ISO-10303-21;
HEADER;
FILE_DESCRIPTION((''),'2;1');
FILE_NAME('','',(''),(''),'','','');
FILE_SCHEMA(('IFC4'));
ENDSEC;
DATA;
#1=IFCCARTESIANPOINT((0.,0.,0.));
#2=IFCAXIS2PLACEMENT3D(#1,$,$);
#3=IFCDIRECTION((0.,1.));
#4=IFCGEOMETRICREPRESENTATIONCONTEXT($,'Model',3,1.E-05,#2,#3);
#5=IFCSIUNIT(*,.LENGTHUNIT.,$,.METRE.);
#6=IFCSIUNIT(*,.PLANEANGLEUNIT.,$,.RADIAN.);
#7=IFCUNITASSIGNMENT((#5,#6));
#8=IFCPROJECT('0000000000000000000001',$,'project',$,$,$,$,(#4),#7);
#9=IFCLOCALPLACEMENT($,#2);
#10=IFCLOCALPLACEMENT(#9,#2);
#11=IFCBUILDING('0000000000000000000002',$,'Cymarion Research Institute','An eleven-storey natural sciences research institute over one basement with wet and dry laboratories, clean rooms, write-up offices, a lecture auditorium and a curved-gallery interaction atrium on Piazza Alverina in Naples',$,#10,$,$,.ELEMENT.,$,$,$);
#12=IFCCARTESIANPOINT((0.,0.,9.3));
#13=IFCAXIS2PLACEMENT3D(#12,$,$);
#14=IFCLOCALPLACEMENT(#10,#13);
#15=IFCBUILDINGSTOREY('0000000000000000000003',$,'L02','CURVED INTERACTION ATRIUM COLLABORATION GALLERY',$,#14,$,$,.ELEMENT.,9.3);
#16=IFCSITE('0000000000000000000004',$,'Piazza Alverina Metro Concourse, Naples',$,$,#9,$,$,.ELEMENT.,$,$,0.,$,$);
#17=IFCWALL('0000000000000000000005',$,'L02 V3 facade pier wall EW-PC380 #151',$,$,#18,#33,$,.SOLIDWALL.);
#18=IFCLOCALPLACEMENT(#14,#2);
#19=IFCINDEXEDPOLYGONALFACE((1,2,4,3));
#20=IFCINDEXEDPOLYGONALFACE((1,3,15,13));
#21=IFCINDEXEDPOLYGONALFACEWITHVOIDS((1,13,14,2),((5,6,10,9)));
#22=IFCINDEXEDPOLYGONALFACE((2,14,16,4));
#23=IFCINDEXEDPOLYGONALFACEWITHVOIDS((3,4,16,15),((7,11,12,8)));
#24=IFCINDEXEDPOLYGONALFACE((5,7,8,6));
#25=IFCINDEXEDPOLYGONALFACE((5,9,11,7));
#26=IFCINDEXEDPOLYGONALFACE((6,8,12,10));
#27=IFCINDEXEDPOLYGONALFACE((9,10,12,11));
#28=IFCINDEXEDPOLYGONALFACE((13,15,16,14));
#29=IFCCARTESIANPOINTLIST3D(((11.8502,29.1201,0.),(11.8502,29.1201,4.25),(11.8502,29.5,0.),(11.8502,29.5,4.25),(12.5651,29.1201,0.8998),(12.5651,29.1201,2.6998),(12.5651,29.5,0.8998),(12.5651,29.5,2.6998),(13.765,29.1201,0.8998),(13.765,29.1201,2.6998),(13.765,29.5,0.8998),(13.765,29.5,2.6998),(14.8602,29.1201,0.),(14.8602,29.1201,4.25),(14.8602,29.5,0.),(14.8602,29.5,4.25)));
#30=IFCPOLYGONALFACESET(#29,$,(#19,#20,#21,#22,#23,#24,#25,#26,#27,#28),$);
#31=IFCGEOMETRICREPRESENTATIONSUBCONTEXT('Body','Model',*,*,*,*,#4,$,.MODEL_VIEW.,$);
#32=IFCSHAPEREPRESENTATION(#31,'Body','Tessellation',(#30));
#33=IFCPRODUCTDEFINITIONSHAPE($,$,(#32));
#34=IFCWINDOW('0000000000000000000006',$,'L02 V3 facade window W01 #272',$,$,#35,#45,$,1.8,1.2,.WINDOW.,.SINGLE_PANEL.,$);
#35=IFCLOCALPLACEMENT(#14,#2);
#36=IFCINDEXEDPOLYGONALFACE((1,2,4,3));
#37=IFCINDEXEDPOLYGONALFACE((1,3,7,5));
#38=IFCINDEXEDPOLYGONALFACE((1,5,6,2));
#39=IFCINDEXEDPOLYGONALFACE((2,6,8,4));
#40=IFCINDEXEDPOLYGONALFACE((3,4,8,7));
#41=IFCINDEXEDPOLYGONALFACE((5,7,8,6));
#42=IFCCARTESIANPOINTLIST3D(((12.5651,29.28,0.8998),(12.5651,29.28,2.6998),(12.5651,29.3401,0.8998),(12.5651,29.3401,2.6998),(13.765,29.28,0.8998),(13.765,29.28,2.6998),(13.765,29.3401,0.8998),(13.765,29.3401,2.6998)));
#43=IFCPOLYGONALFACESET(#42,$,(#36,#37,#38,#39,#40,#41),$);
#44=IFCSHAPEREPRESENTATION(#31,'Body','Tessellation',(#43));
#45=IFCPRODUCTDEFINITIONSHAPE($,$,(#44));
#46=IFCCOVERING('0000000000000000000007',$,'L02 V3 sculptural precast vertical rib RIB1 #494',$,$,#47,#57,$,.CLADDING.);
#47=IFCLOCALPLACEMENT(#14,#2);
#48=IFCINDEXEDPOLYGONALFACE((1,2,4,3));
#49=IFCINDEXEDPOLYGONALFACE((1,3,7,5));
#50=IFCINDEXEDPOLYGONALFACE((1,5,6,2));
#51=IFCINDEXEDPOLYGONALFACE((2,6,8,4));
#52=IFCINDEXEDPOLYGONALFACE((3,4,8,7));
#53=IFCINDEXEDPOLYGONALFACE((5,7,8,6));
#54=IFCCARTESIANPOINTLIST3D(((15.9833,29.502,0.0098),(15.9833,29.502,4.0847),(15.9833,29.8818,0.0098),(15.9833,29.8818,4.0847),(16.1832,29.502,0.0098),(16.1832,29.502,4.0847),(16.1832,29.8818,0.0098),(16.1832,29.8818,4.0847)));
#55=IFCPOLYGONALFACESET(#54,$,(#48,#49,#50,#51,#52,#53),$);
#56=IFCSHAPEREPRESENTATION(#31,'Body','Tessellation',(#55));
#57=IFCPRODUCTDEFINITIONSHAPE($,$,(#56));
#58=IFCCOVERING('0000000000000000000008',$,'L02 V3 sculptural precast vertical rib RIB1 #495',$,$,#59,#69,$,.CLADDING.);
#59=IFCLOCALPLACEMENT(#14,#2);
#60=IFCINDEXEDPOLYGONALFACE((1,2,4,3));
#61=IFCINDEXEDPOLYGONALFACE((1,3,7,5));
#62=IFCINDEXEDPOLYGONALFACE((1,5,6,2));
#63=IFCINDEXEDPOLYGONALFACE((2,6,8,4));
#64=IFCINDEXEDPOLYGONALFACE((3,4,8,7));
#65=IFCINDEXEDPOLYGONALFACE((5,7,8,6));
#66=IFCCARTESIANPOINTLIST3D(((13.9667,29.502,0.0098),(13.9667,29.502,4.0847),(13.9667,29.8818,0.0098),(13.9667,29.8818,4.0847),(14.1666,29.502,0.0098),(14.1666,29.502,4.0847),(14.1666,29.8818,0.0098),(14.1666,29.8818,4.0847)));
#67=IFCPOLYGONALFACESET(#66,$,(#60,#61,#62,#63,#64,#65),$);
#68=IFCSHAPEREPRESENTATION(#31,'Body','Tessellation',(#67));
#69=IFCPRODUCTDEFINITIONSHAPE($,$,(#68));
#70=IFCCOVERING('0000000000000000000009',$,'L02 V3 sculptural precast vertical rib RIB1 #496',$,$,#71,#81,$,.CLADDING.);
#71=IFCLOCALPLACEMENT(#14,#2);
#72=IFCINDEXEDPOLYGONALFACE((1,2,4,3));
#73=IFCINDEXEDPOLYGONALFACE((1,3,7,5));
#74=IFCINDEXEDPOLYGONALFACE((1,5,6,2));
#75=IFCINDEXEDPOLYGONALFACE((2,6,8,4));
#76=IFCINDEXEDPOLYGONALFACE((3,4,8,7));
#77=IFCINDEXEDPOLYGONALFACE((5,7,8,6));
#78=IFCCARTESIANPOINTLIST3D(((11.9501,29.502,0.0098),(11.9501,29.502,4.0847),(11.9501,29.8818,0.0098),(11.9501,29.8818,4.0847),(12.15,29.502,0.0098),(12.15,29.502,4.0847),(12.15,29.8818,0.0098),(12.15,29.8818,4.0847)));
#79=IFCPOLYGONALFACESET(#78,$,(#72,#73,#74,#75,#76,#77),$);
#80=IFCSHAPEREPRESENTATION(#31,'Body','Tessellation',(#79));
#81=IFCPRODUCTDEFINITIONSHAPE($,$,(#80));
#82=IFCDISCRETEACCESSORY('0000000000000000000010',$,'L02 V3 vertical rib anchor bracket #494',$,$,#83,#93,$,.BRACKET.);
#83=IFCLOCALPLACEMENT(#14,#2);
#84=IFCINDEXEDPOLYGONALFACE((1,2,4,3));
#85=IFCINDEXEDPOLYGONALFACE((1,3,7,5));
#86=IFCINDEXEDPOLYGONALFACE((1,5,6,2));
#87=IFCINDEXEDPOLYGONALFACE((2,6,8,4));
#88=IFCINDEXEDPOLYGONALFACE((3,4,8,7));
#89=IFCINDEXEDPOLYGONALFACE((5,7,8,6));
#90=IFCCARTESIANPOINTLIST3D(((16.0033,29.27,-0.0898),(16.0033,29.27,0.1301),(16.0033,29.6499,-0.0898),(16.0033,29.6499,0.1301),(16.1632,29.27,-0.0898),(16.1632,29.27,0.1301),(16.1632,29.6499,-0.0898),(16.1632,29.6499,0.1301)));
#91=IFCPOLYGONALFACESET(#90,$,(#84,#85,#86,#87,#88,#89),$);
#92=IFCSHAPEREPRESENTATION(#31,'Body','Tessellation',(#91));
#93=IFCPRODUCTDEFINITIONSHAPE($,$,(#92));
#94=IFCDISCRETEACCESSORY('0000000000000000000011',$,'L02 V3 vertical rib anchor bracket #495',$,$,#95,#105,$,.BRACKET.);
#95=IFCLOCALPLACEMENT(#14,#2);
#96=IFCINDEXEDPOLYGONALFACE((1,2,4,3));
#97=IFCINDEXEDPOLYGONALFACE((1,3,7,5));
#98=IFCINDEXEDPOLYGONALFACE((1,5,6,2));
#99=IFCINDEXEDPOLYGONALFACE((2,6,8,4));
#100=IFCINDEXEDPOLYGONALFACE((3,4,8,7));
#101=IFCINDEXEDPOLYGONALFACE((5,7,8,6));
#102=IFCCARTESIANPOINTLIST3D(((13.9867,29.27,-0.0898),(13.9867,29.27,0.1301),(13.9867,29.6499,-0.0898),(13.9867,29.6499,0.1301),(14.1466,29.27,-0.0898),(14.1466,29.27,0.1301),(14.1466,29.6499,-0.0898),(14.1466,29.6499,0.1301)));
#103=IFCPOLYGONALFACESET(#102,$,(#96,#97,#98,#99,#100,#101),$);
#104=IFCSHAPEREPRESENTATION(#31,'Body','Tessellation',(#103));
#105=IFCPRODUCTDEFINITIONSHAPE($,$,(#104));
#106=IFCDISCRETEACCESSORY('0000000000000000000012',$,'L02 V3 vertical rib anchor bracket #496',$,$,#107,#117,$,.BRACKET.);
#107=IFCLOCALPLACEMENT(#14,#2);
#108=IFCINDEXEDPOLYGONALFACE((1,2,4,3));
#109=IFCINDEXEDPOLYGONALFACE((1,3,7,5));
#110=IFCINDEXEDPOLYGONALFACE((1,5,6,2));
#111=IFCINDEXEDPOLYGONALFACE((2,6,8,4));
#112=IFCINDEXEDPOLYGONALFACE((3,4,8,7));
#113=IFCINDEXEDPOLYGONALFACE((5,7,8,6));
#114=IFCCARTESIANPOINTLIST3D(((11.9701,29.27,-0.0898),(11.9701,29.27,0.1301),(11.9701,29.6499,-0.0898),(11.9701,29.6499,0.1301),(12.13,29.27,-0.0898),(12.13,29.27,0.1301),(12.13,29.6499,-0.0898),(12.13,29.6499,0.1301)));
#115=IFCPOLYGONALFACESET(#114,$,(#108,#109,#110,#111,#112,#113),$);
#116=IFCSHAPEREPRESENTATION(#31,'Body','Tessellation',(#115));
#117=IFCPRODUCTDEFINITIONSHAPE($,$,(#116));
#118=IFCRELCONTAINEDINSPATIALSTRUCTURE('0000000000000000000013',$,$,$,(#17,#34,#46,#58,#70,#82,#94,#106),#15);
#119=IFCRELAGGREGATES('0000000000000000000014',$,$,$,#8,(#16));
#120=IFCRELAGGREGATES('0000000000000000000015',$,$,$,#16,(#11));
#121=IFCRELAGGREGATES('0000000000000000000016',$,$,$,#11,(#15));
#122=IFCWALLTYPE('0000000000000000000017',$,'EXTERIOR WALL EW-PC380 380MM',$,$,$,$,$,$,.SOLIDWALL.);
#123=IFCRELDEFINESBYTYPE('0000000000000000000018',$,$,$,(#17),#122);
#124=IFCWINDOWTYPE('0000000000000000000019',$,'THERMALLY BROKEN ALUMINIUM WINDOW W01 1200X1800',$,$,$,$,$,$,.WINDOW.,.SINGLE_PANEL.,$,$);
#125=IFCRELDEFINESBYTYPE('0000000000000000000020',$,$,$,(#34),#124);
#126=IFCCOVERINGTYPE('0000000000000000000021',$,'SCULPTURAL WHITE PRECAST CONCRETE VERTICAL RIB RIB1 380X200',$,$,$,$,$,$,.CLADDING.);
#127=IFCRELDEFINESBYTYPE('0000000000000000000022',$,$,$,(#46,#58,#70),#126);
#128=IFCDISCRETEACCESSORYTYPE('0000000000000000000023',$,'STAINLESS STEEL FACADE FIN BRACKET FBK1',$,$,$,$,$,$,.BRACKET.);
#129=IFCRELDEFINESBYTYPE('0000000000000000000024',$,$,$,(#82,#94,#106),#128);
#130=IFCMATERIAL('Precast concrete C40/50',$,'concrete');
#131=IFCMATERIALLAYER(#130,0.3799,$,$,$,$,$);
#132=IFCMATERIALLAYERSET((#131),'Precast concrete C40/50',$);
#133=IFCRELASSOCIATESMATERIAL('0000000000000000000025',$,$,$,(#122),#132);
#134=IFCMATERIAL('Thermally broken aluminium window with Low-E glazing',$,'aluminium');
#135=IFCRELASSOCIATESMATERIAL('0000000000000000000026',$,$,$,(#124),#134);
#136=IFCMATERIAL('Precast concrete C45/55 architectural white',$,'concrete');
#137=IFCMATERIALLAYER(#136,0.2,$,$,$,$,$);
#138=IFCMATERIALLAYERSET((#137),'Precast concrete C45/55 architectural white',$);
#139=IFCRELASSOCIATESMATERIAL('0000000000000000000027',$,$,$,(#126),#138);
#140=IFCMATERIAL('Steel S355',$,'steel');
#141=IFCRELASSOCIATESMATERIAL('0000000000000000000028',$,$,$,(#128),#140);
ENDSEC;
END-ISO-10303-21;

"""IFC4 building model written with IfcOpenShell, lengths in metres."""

from ifc_helpers import new_model, si_unit, direction, frame, frame_2d, origin, origin_2d, place, context, subcontext, project, spatial, rectangle, extrude, material, layer, layer_set, type_object, element, fill, save


model = new_model("IFC4")

# Units and contexts
model_context = context("Model", 3, precision=1e-05, world=origin(), true_north=direction((0.0, 1.0)))
body_context = subcontext(model_context, "Body", "Model", "MODEL_VIEW")
ifc_project = project(units=[si_unit("LENGTHUNIT", "METRE"), si_unit("PLANEANGLEUNIT", "RADIAN")], contexts=[model_context])

# Site, building, storey
site_placement = place(None, origin())
site = spatial("IfcSite", under=ifc_project, at=site_placement, Name="Piazza Alverina Metro Concourse, Naples", CompositionType="ELEMENT", RefElevation=0.0)
building_placement = place(site_placement, origin())
building = spatial("IfcBuilding", under=site, at=building_placement, Name="Cymarion Research Institute", Description="An eleven-storey natural sciences research institute over one basement with wet and dry laboratories, clean rooms, write-up offices, a lecture auditorium and a curved-gallery interaction atrium on Piazza Alverina in Naples", CompositionType="ELEMENT")
storey_placement = place(building_placement, frame((0.0, 0.0, 9.3)))
storey = spatial("IfcBuildingStorey", under=building, at=storey_placement, Name="L02", Description="CURVED INTERACTION ATRIUM COLLABORATION GALLERY", CompositionType="ELEMENT", Elevation=9.3)

# Shared definitions
ifc_material_1 = material(Name="Steel S355", Category="steel")

# Wall, opening, window
ifc_material_2 = material(Name="Precast concrete C40/50", Category="concrete")
ifc_layer_1 = layer(ifc_material_2, 0.3799)
ifc_layer_set_1 = layer_set([ifc_layer_1], Name="Precast concrete C40/50")
wall_type = type_object("IfcWallType", Name="EXTERIOR WALL EW-PC380 380MM", PredefinedType="SOLIDWALL", material=ifc_layer_set_1)
wall_placement = place(storey_placement, frame((14.8601, 29.3101, 0.0), z_axis=(0.0, 0.0, 1.0), x_axis=(-1.0, 0.0, 0.0)))
wall = element("IfcWall", 1, at=wall_placement, inside=storey, type_object=wall_type, Name="L02 V3 facade pier wall EW-PC380 #151", PredefinedType="SOLIDWALL", context=body_context, shape_type="SweptSolid", body=[
    extrude(rectangle(XDim=3.01, YDim=0.3799, at=frame_2d((1.5049, 0.0))), origin(), (0.0, 0.0, 1.0), 4.25),
])
opening_placement = place(wall_placement, frame((1.095, 0.0, 0.8999)))
opening = element("IfcOpeningElement", 2, at=opening_placement, cuts=wall, PredefinedType="OPENING", context=body_context, shape_type="SweptSolid", body=[
    extrude(rectangle(XDim=1.2, YDim=1.8, at=frame_2d((0.6001, 0.8999))), frame((0.0, 0.2, 0.0), z_axis=(0.0, -1.0, 0.0), x_axis=(1.0, 0.0, 0.0)), (0.0, 0.0, 1.0), 0.3999),
])
ifc_material_3 = material(Name="Thermally broken aluminium window with Low-E glazing", Category="aluminium")
window_type = type_object("IfcWindowType", Name="THERMALLY BROKEN ALUMINIUM WINDOW W01 1200X1800", PartitioningType="SINGLE_PANEL", PredefinedType="WINDOW", material=ifc_material_3)
window_placement = place(opening_placement, origin())
window = element("IfcWindow", 3, at=window_placement, inside=storey, type_object=window_type, Name="L02 V3 facade window W01 #272", OverallHeight=1.8, OverallWidth=1.2, PartitioningType="SINGLE_PANEL", PredefinedType="WINDOW", context=body_context, shape_type="SweptSolid", body=[
    extrude(rectangle(XDim=1.2, YDim=1.8, at=frame_2d((0.6001, 0.8999))), frame((0.0, 0.03, 0.0), z_axis=(0.0, -1.0, 0.0), x_axis=(1.0, 0.0, 0.0)), (0.0, 0.0, 1.0), 0.0601),
])
fill(opening, window)

# Coverings
ifc_material_4 = material(Name="Precast concrete C45/55 architectural white", Category="concrete")
ifc_layer_2 = layer(ifc_material_4, 0.2)
ifc_layer_set_2 = layer_set([ifc_layer_2], Name="Precast concrete C45/55 architectural white")
covering_type = type_object("IfcCoveringType", Name="SCULPTURAL WHITE PRECAST CONCRETE VERTICAL RIB RIB1 380X200", PredefinedType="CLADDING", material=ifc_layer_set_2)
for number, where, z_axis, x_axis, name in (
    (4, (16.0833, 29.6919, 0.0098), (0.0, 0.0, 1.0), (0.0, 1.0, 0.0), "L02 V3 sculptural precast vertical rib RIB1 #494"),
    (5, (14.0667, 29.6919, 0.0098), (0.0, 0.0, 1.0), (0.0, 1.0, 0.0), "L02 V3 sculptural precast vertical rib RIB1 #495"),
    (6, (12.05, 29.6919, 0.0098), (0.0, 0.0, 1.0), (0.0, 1.0, 0.0), "L02 V3 sculptural precast vertical rib RIB1 #496"),
):
    element("IfcCovering", number, at=place(storey_placement, frame(where, z_axis=z_axis, x_axis=x_axis)), inside=storey, type_object=covering_type, Name=name, PredefinedType="CLADDING", context=body_context, shape_type="SweptSolid", body=[
        extrude(rectangle(XDim=0.3799, YDim=0.2, at=origin_2d()), origin(), (0.0, 0.0, 1.0), 4.075),
    ])

# Discrete accessories
discrete_accessory_type = type_object("IfcDiscreteAccessoryType", Name="STAINLESS STEEL FACADE FIN BRACKET FBK1", PredefinedType="BRACKET", material=ifc_material_1)
for number, where, z_axis, x_axis, name in (
    (7, (16.0833, 29.46, -0.0898), (0.0, 0.0, 1.0), (0.0, 1.0, 0.0), "L02 V3 vertical rib anchor bracket #494"),
    (8, (14.0667, 29.46, -0.0898), (0.0, 0.0, 1.0), (0.0, 1.0, 0.0), "L02 V3 vertical rib anchor bracket #495"),
    (9, (12.05, 29.46, -0.0898), (0.0, 0.0, 1.0), (0.0, 1.0, 0.0), "L02 V3 vertical rib anchor bracket #496"),
):
    element("IfcDiscreteAccessory", number, at=place(storey_placement, frame(where, z_axis=z_axis, x_axis=x_axis)), inside=storey, type_object=discrete_accessory_type, Name=name, PredefinedType="BRACKET", context=body_context, shape_type="SweptSolid", body=[
        extrude(rectangle(XDim=0.3799, YDim=0.1599, at=origin_2d()), origin(), (0.0, 0.0, 1.0), 0.22),
    ])

save(model, "model.ifc")
